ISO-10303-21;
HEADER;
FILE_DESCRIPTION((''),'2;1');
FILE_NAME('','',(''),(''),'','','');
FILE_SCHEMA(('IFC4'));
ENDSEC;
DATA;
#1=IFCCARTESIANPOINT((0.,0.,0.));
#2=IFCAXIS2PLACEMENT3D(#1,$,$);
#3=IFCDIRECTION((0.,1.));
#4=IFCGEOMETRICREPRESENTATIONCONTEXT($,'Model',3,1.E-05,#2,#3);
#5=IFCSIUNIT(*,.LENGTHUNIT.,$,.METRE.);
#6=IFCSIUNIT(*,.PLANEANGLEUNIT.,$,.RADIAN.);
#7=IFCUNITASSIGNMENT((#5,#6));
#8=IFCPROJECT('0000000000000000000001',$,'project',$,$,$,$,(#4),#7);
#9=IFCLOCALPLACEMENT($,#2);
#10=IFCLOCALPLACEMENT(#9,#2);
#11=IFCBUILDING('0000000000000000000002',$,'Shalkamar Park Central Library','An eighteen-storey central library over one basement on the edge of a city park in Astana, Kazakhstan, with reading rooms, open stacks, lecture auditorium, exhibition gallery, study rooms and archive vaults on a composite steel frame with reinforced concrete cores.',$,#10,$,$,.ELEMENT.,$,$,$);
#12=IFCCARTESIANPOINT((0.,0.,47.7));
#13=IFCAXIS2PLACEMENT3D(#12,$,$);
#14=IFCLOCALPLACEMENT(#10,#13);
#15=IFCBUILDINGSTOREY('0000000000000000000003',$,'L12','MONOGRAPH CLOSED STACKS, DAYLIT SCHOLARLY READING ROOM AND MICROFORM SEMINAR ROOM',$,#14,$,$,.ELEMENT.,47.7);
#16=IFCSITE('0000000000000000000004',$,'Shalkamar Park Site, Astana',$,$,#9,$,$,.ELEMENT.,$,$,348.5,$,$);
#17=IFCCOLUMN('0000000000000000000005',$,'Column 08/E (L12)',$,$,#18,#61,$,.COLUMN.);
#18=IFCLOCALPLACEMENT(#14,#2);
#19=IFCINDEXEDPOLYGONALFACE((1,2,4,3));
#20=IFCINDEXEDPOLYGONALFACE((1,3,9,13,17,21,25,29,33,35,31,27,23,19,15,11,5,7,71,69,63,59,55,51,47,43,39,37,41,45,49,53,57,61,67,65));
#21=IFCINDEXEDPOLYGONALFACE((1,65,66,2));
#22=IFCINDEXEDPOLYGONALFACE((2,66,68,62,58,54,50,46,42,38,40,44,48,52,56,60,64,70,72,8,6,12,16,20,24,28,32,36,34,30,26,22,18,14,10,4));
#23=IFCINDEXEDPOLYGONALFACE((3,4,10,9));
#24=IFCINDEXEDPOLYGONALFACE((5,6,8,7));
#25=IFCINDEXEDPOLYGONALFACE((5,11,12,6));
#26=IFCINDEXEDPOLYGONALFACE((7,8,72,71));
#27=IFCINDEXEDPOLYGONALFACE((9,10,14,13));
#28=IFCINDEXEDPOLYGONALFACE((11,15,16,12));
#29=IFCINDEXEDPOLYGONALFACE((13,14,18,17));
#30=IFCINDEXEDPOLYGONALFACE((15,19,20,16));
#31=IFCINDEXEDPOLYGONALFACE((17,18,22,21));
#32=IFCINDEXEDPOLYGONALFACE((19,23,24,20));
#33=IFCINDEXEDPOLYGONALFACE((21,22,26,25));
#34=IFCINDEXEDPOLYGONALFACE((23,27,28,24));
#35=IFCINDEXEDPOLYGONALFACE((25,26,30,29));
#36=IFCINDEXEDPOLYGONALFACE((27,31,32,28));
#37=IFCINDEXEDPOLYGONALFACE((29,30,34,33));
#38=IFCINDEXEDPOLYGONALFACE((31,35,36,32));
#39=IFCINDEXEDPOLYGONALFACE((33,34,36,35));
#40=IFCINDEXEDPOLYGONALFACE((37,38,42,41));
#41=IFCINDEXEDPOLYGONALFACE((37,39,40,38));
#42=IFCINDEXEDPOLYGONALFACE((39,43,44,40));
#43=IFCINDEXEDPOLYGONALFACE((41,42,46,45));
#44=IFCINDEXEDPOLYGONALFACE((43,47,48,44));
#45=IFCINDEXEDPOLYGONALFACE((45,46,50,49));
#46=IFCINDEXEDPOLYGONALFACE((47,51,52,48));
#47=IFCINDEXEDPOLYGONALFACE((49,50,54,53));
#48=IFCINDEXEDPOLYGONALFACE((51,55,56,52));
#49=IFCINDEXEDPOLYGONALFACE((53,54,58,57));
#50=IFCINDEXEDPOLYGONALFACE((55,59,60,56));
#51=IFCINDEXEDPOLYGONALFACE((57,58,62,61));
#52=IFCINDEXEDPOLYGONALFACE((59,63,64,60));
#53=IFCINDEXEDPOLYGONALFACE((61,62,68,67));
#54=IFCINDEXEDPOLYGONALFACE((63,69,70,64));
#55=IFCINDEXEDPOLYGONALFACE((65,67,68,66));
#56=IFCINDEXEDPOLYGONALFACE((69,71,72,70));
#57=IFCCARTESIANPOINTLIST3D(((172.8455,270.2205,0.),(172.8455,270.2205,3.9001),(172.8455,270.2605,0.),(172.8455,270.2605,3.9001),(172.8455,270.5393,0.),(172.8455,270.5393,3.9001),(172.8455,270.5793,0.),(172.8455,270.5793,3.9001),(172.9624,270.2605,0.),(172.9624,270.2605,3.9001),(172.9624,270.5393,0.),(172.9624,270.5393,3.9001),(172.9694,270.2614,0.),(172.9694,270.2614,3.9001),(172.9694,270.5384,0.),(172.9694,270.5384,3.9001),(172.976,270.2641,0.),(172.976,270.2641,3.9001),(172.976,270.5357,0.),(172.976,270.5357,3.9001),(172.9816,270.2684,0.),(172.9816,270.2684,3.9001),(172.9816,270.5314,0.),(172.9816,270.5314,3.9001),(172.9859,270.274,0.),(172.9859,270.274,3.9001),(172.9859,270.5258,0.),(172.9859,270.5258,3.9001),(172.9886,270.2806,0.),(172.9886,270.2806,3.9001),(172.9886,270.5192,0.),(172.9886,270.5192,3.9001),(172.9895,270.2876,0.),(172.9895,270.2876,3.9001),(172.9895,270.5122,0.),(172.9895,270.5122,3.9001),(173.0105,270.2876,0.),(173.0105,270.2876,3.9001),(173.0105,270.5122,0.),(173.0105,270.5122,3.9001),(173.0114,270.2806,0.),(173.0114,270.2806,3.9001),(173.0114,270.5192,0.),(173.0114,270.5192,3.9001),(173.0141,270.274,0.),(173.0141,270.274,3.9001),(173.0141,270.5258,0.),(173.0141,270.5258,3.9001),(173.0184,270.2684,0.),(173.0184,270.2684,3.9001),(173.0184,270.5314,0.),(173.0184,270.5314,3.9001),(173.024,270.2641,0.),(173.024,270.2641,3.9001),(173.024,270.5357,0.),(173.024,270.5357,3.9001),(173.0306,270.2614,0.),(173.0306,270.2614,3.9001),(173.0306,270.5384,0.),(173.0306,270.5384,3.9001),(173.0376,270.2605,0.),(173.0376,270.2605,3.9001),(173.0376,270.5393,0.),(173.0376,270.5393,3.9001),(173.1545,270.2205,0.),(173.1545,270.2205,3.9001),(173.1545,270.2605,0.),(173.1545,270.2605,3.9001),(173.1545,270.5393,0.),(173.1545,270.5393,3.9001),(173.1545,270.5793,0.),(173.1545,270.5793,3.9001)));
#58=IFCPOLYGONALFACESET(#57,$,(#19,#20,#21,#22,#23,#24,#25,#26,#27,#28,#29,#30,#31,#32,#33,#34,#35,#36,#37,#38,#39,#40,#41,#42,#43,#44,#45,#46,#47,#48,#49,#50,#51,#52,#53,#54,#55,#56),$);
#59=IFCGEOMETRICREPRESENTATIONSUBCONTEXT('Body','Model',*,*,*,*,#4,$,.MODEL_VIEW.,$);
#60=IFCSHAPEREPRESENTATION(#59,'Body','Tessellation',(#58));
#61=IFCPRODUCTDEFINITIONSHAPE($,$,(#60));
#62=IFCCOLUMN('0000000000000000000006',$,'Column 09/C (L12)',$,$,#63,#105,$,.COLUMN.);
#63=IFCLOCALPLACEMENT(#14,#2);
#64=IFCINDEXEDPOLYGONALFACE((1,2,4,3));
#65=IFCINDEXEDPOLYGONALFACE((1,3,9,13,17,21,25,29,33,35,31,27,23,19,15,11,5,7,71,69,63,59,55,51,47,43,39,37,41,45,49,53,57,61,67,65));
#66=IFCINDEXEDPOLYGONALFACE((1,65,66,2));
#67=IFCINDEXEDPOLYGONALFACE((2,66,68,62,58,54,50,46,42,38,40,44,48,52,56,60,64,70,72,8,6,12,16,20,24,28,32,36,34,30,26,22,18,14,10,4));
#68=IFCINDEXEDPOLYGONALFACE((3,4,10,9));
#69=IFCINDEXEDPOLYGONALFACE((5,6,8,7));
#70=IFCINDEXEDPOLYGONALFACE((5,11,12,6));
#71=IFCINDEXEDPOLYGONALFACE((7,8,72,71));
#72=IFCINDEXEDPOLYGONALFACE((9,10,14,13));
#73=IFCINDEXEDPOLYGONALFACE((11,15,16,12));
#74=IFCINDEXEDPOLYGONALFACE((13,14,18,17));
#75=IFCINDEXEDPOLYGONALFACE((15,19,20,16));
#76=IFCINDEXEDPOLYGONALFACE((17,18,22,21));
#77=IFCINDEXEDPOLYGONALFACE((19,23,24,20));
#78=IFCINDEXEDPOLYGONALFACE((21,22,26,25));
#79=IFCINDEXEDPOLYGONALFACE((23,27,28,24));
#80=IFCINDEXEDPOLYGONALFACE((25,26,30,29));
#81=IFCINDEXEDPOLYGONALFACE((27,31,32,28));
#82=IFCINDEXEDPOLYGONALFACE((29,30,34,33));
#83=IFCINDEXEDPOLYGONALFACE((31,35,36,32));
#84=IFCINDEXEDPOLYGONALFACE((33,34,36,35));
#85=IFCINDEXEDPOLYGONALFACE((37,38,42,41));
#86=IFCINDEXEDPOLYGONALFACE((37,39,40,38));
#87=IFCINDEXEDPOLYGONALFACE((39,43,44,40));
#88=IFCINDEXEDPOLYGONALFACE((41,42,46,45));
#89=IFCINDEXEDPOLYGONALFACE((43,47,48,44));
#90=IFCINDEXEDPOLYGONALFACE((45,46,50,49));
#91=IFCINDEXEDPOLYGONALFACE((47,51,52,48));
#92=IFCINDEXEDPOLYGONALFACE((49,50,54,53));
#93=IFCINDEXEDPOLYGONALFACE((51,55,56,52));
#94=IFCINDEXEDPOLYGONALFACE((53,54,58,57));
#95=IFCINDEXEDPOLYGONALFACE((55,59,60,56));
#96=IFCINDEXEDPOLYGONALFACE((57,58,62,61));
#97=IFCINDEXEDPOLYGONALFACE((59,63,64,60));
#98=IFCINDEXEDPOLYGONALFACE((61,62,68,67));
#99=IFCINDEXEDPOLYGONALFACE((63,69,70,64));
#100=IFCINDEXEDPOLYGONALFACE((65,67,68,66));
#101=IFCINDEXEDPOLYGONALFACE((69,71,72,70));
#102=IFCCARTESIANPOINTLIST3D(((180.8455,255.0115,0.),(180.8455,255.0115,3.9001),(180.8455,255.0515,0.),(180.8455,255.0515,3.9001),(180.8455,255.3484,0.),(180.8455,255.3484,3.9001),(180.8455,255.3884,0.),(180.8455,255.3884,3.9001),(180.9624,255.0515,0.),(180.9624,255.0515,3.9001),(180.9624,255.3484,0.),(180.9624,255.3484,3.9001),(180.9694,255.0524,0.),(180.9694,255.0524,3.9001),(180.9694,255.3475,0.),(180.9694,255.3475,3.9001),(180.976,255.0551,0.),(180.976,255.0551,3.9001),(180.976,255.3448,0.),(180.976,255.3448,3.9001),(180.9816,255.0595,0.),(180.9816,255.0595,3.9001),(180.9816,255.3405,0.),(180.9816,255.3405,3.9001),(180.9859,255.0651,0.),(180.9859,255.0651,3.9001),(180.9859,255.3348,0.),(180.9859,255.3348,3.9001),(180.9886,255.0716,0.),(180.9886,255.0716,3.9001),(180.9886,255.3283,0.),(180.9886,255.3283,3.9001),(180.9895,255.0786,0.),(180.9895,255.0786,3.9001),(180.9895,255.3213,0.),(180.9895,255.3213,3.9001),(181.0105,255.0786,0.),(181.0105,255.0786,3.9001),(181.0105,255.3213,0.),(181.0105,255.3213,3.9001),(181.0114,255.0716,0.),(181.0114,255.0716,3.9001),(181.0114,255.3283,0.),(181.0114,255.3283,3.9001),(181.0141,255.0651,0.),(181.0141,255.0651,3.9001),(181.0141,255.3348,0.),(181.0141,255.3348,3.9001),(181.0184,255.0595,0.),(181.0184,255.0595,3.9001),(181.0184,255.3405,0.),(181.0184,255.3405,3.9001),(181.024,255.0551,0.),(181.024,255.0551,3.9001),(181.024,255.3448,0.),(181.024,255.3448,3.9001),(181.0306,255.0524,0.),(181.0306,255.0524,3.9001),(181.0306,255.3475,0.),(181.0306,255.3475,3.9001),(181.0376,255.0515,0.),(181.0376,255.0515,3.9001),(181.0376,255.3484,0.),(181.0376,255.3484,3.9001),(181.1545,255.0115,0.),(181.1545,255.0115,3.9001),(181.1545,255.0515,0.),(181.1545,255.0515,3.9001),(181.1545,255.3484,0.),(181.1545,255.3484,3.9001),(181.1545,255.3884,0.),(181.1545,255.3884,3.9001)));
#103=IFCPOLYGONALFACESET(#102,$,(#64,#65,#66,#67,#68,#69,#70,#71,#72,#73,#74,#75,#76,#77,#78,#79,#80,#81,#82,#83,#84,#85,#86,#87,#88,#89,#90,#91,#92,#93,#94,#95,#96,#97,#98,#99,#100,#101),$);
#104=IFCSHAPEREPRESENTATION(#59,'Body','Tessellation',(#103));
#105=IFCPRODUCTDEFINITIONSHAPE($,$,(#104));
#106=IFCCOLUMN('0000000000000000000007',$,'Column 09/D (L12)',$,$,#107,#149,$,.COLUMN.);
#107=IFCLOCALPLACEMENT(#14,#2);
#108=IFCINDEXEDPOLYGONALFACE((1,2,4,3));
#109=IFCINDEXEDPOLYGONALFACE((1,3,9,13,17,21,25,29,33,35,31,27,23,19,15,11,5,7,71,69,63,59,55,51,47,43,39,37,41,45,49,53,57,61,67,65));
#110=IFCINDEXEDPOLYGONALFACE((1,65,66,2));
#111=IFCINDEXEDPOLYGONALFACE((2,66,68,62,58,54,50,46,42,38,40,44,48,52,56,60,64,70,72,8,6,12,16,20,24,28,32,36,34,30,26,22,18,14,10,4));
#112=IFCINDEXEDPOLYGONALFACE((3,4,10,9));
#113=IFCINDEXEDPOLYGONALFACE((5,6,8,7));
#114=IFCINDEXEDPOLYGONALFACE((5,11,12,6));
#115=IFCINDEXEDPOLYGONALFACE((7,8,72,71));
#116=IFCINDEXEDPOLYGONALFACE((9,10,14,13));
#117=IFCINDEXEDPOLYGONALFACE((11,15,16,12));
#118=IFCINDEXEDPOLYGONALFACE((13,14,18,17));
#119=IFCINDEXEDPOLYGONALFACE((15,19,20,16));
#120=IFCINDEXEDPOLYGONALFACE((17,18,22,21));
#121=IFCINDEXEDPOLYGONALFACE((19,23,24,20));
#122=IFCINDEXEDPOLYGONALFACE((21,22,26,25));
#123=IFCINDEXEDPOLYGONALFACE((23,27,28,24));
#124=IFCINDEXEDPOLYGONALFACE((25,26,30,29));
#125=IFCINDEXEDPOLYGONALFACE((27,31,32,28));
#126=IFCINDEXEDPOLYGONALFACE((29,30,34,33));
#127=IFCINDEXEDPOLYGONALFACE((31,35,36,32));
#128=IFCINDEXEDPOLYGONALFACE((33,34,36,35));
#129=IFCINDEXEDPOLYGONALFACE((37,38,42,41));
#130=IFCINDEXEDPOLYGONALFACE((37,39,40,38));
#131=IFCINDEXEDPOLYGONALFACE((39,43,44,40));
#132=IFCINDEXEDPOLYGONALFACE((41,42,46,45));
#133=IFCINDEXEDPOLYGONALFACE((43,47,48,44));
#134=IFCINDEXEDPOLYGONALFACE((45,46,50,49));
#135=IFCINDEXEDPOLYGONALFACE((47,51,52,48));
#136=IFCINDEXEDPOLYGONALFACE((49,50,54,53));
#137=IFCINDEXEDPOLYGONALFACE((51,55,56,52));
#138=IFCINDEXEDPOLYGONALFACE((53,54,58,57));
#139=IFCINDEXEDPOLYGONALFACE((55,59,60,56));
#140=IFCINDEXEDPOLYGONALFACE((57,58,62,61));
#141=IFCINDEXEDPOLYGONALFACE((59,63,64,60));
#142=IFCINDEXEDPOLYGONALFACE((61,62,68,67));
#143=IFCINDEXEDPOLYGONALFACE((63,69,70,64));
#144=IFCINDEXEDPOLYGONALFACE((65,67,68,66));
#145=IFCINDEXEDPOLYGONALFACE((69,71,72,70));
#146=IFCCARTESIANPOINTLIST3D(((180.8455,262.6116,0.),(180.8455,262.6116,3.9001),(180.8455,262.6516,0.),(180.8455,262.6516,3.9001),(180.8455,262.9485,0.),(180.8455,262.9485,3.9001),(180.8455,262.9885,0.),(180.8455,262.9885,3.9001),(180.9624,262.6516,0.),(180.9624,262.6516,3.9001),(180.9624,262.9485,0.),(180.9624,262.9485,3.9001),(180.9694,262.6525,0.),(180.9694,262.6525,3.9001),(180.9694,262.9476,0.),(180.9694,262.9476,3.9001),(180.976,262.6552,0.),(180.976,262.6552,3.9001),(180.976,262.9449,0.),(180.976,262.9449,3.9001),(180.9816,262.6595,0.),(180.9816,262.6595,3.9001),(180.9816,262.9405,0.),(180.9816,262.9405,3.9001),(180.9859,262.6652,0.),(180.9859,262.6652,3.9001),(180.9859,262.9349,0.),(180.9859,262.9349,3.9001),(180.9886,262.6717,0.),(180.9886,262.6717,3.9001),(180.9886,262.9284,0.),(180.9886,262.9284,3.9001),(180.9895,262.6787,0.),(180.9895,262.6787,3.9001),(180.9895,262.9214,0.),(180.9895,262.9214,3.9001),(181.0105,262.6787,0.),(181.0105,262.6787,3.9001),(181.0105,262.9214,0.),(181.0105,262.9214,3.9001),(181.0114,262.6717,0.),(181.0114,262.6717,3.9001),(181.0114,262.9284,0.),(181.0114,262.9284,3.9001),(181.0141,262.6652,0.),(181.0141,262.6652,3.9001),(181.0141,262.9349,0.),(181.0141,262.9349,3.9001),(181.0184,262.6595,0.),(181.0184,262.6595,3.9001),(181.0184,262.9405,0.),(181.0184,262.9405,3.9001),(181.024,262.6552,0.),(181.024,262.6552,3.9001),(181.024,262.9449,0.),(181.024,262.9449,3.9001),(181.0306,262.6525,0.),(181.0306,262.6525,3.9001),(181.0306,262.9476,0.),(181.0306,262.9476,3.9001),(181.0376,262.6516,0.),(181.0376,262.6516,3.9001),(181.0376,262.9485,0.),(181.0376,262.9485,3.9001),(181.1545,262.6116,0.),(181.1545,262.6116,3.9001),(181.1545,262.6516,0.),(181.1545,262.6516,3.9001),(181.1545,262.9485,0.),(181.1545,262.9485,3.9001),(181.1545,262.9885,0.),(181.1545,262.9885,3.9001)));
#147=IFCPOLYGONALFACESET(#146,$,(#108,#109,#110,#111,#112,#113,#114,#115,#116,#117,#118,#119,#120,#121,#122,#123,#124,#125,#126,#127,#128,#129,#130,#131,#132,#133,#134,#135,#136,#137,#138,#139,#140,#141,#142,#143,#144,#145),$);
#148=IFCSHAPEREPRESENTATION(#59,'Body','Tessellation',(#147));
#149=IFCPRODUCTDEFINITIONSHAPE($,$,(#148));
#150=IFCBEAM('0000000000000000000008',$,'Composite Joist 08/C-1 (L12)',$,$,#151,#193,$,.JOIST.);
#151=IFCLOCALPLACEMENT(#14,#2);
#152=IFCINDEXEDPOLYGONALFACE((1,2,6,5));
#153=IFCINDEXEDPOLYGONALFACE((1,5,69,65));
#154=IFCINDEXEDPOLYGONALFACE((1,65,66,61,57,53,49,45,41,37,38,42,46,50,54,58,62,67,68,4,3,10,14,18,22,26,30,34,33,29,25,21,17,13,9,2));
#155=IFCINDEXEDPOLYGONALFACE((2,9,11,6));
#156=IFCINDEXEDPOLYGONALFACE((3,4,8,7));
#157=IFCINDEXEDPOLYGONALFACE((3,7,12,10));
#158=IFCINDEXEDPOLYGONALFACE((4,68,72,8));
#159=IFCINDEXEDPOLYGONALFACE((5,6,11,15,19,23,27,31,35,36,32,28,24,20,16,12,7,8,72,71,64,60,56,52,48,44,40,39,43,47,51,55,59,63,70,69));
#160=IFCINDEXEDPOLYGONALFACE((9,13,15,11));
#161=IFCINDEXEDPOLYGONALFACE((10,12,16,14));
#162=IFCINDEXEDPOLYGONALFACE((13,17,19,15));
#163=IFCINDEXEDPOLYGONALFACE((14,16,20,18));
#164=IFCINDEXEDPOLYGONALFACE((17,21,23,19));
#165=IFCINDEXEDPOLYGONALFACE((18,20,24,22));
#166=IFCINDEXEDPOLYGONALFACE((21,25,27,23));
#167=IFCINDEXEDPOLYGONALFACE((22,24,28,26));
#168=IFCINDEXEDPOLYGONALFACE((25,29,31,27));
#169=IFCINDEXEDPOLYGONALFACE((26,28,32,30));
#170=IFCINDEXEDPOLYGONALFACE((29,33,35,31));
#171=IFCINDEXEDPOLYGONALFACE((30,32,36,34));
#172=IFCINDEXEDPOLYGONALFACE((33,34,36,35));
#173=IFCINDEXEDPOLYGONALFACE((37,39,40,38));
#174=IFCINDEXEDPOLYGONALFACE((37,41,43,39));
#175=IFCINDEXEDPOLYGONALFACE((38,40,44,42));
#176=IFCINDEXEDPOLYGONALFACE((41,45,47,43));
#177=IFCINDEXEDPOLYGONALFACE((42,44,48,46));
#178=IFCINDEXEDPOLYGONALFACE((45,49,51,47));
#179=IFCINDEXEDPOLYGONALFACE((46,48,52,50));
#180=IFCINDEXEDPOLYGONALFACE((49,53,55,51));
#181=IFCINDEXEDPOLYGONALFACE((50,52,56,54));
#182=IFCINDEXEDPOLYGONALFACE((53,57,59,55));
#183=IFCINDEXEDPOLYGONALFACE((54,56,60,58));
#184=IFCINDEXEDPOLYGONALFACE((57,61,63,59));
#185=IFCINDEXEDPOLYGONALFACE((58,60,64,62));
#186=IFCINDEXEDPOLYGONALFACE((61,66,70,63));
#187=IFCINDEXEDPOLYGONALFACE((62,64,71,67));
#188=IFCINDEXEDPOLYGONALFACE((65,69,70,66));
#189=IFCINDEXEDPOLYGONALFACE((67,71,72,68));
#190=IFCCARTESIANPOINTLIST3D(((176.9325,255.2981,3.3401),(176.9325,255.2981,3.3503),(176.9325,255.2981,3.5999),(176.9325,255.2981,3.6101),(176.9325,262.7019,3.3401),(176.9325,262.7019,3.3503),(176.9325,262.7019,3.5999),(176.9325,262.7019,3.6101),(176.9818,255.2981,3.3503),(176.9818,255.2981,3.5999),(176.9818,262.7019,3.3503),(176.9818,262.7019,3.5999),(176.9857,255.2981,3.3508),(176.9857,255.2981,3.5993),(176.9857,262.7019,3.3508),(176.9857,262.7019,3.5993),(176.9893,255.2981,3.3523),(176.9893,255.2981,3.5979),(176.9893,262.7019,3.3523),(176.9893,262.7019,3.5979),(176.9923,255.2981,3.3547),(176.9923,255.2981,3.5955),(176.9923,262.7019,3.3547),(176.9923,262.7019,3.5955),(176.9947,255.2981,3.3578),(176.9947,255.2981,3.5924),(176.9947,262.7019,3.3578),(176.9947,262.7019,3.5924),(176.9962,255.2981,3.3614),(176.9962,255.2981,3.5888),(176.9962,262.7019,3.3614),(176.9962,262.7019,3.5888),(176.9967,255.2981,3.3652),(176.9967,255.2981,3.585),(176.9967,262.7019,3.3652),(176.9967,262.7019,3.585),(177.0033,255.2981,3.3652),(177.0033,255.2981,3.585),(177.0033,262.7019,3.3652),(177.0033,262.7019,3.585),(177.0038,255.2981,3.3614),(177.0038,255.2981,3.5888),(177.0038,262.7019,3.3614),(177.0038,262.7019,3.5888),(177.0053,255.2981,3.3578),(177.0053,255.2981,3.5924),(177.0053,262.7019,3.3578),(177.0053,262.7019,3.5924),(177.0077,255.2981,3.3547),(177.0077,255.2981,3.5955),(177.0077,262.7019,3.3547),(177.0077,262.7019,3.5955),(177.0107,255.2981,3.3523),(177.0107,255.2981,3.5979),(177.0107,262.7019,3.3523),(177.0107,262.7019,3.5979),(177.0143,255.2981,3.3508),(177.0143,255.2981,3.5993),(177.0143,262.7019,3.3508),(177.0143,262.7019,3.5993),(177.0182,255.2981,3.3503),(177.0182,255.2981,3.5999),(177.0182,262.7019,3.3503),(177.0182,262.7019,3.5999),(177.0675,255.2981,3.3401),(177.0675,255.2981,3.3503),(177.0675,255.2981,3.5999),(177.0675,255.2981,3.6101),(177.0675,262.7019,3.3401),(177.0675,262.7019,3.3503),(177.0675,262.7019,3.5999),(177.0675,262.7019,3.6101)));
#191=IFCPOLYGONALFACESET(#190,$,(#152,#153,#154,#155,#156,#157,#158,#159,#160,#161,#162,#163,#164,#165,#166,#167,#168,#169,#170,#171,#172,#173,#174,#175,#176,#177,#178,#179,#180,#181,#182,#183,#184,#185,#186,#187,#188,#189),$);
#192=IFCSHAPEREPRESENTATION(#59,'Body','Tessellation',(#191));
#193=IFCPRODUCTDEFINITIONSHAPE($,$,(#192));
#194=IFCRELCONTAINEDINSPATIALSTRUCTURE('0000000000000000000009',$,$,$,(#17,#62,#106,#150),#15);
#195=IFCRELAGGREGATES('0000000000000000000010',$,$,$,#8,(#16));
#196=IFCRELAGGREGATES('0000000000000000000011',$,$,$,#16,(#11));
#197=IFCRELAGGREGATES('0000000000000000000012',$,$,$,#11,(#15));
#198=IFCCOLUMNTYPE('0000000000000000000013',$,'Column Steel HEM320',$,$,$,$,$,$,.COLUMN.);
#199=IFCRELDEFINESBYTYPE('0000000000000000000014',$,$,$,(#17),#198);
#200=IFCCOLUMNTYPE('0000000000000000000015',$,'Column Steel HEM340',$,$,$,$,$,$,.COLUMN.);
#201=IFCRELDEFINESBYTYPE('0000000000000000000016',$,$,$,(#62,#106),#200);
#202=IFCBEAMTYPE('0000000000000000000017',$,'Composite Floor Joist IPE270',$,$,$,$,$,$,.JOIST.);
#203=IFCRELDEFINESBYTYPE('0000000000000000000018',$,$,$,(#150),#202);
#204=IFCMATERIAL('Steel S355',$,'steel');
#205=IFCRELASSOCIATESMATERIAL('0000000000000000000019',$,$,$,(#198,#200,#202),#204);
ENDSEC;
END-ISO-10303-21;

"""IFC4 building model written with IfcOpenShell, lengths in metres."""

from ifc_helpers import new_model, si_unit, direction, frame, origin, origin_2d, place, context, subcontext, project, spatial, i_section, extrude, material, material_profile, profile_set, type_object, element, save


model = new_model("IFC4")

# Units and contexts
model_context = context("Model", 3, precision=1e-05, world=origin(), true_north=direction((0.0, 1.0)))
body_context = subcontext(model_context, "Body", "Model", "MODEL_VIEW")
ifc_project = project(units=[si_unit("LENGTHUNIT", "METRE"), si_unit("PLANEANGLEUNIT", "RADIAN")], contexts=[model_context])

# Site, building, storey
site_placement = place(None, origin())
site = spatial("IfcSite", under=ifc_project, at=site_placement, Name="Shalkamar Park Site, Astana", CompositionType="ELEMENT", RefElevation=348.5)
building_placement = place(site_placement, origin())
building = spatial("IfcBuilding", under=site, at=building_placement, Name="Shalkamar Park Central Library", Description="An eighteen-storey central library over one basement on the edge of a city park in Astana, Kazakhstan, with reading rooms, open stacks, lecture auditorium, exhibition gallery, study rooms and archive vaults on a composite steel frame with reinforced concrete cores.", CompositionType="ELEMENT")
storey_placement = place(building_placement, frame((0.0, 0.0, 47.7)))
storey = spatial("IfcBuildingStorey", under=building, at=storey_placement, Name="L12", Description="MONOGRAPH CLOSED STACKS, DAYLIT SCHOLARLY READING ROOM AND MICROFORM SEMINAR ROOM", CompositionType="ELEMENT", Elevation=47.7)

# Columns
ifc_material_1 = material(Name="Steel S355", Category="steel")
ifc_material_profile_1 = material_profile(ifc_material_1, i_section(OverallWidth=0.3091, OverallDepth=0.3589, WebThickness=0.021, FlangeThickness=0.04, FilletRadius=0.0271, at=origin_2d()), Name="HEM 320")
ifc_profile_set_1 = profile_set([ifc_material_profile_1], Name="Steel S355")
column_type_1 = type_object("IfcColumnType", Name="Column Steel HEM320", PredefinedType="COLUMN", material=ifc_profile_set_1)
column_placement = place(storey_placement, frame((173.0, 270.3999, 0.0), z_axis=(0.0, 0.0, 1.0), x_axis=(1.0, 0.0, 0.0)))
element("IfcColumn", 1, at=column_placement, inside=storey, type_object=column_type_1, Name="Column 08/E (L12)", PredefinedType="COLUMN", context=body_context, shape_type="SweptSolid", body=[
    extrude(i_section(OverallWidth=0.3091, OverallDepth=0.3589, WebThickness=0.021, FlangeThickness=0.04, FilletRadius=0.0271, at=origin_2d()), origin(), (0.0, 0.0, 1.0), 3.9001),
])
ifc_material_profile_2 = material_profile(ifc_material_1, i_section(OverallWidth=0.3091, OverallDepth=0.377, WebThickness=0.021, FlangeThickness=0.04, FilletRadius=0.0271, at=origin_2d()), Name="HEM 340")
ifc_profile_set_2 = profile_set([ifc_material_profile_2], Name="Steel S355")
column_type_2 = type_object("IfcColumnType", Name="Column Steel HEM340", PredefinedType="COLUMN", material=ifc_profile_set_2)
for number, where, z_axis, x_axis, name in (
    (2, (181.0, 255.2, 0.0), (0.0, 0.0, 1.0), (1.0, 0.0, 0.0), "Column 09/C (L12)"),
    (3, (181.0, 262.8, 0.0), (0.0, 0.0, 1.0), (1.0, 0.0, 0.0), "Column 09/D (L12)"),
):
    element("IfcColumn", number, at=place(storey_placement, frame(where, z_axis=z_axis, x_axis=x_axis)), inside=storey, type_object=column_type_2, Name=name, PredefinedType="COLUMN", context=body_context, shape_type="SweptSolid", body=[
        extrude(i_section(OverallWidth=0.3091, OverallDepth=0.377, WebThickness=0.021, FlangeThickness=0.04, FilletRadius=0.0271, at=origin_2d()), origin(), (0.0, 0.0, 1.0), 3.9001),
    ])

# Beam
ifc_material_profile_3 = material_profile(ifc_material_1, i_section(OverallWidth=0.135, OverallDepth=0.27, WebThickness=0.0066, FlangeThickness=0.0103, FilletRadius=0.0149, at=origin_2d()), Name="IPE 270")
ifc_profile_set_3 = profile_set([ifc_material_profile_3], Name="Steel S355")
beam_type_1 = type_object("IfcBeamType", Name="Composite Floor Joist IPE270", PredefinedType="JOIST", material=ifc_profile_set_3)
beam_1_placement = place(storey_placement, frame((177.0, 255.2981, 3.4751), z_axis=(0.0, 1.0, 0.0), x_axis=(-1.0, 0.0, 0.0)))
element("IfcBeam", 4, at=beam_1_placement, inside=storey, type_object=beam_type_1, Name="Composite Joist 08/C-1 (L12)", PredefinedType="JOIST", context=body_context, shape_type="SweptSolid", body=[
    extrude(i_section(OverallWidth=0.135, OverallDepth=0.27, WebThickness=0.0066, FlangeThickness=0.0103, FilletRadius=0.0149, at=origin_2d()), origin(), (0.0, 0.0, 1.0), 7.4038),
])

save(model, "model.ifc")
